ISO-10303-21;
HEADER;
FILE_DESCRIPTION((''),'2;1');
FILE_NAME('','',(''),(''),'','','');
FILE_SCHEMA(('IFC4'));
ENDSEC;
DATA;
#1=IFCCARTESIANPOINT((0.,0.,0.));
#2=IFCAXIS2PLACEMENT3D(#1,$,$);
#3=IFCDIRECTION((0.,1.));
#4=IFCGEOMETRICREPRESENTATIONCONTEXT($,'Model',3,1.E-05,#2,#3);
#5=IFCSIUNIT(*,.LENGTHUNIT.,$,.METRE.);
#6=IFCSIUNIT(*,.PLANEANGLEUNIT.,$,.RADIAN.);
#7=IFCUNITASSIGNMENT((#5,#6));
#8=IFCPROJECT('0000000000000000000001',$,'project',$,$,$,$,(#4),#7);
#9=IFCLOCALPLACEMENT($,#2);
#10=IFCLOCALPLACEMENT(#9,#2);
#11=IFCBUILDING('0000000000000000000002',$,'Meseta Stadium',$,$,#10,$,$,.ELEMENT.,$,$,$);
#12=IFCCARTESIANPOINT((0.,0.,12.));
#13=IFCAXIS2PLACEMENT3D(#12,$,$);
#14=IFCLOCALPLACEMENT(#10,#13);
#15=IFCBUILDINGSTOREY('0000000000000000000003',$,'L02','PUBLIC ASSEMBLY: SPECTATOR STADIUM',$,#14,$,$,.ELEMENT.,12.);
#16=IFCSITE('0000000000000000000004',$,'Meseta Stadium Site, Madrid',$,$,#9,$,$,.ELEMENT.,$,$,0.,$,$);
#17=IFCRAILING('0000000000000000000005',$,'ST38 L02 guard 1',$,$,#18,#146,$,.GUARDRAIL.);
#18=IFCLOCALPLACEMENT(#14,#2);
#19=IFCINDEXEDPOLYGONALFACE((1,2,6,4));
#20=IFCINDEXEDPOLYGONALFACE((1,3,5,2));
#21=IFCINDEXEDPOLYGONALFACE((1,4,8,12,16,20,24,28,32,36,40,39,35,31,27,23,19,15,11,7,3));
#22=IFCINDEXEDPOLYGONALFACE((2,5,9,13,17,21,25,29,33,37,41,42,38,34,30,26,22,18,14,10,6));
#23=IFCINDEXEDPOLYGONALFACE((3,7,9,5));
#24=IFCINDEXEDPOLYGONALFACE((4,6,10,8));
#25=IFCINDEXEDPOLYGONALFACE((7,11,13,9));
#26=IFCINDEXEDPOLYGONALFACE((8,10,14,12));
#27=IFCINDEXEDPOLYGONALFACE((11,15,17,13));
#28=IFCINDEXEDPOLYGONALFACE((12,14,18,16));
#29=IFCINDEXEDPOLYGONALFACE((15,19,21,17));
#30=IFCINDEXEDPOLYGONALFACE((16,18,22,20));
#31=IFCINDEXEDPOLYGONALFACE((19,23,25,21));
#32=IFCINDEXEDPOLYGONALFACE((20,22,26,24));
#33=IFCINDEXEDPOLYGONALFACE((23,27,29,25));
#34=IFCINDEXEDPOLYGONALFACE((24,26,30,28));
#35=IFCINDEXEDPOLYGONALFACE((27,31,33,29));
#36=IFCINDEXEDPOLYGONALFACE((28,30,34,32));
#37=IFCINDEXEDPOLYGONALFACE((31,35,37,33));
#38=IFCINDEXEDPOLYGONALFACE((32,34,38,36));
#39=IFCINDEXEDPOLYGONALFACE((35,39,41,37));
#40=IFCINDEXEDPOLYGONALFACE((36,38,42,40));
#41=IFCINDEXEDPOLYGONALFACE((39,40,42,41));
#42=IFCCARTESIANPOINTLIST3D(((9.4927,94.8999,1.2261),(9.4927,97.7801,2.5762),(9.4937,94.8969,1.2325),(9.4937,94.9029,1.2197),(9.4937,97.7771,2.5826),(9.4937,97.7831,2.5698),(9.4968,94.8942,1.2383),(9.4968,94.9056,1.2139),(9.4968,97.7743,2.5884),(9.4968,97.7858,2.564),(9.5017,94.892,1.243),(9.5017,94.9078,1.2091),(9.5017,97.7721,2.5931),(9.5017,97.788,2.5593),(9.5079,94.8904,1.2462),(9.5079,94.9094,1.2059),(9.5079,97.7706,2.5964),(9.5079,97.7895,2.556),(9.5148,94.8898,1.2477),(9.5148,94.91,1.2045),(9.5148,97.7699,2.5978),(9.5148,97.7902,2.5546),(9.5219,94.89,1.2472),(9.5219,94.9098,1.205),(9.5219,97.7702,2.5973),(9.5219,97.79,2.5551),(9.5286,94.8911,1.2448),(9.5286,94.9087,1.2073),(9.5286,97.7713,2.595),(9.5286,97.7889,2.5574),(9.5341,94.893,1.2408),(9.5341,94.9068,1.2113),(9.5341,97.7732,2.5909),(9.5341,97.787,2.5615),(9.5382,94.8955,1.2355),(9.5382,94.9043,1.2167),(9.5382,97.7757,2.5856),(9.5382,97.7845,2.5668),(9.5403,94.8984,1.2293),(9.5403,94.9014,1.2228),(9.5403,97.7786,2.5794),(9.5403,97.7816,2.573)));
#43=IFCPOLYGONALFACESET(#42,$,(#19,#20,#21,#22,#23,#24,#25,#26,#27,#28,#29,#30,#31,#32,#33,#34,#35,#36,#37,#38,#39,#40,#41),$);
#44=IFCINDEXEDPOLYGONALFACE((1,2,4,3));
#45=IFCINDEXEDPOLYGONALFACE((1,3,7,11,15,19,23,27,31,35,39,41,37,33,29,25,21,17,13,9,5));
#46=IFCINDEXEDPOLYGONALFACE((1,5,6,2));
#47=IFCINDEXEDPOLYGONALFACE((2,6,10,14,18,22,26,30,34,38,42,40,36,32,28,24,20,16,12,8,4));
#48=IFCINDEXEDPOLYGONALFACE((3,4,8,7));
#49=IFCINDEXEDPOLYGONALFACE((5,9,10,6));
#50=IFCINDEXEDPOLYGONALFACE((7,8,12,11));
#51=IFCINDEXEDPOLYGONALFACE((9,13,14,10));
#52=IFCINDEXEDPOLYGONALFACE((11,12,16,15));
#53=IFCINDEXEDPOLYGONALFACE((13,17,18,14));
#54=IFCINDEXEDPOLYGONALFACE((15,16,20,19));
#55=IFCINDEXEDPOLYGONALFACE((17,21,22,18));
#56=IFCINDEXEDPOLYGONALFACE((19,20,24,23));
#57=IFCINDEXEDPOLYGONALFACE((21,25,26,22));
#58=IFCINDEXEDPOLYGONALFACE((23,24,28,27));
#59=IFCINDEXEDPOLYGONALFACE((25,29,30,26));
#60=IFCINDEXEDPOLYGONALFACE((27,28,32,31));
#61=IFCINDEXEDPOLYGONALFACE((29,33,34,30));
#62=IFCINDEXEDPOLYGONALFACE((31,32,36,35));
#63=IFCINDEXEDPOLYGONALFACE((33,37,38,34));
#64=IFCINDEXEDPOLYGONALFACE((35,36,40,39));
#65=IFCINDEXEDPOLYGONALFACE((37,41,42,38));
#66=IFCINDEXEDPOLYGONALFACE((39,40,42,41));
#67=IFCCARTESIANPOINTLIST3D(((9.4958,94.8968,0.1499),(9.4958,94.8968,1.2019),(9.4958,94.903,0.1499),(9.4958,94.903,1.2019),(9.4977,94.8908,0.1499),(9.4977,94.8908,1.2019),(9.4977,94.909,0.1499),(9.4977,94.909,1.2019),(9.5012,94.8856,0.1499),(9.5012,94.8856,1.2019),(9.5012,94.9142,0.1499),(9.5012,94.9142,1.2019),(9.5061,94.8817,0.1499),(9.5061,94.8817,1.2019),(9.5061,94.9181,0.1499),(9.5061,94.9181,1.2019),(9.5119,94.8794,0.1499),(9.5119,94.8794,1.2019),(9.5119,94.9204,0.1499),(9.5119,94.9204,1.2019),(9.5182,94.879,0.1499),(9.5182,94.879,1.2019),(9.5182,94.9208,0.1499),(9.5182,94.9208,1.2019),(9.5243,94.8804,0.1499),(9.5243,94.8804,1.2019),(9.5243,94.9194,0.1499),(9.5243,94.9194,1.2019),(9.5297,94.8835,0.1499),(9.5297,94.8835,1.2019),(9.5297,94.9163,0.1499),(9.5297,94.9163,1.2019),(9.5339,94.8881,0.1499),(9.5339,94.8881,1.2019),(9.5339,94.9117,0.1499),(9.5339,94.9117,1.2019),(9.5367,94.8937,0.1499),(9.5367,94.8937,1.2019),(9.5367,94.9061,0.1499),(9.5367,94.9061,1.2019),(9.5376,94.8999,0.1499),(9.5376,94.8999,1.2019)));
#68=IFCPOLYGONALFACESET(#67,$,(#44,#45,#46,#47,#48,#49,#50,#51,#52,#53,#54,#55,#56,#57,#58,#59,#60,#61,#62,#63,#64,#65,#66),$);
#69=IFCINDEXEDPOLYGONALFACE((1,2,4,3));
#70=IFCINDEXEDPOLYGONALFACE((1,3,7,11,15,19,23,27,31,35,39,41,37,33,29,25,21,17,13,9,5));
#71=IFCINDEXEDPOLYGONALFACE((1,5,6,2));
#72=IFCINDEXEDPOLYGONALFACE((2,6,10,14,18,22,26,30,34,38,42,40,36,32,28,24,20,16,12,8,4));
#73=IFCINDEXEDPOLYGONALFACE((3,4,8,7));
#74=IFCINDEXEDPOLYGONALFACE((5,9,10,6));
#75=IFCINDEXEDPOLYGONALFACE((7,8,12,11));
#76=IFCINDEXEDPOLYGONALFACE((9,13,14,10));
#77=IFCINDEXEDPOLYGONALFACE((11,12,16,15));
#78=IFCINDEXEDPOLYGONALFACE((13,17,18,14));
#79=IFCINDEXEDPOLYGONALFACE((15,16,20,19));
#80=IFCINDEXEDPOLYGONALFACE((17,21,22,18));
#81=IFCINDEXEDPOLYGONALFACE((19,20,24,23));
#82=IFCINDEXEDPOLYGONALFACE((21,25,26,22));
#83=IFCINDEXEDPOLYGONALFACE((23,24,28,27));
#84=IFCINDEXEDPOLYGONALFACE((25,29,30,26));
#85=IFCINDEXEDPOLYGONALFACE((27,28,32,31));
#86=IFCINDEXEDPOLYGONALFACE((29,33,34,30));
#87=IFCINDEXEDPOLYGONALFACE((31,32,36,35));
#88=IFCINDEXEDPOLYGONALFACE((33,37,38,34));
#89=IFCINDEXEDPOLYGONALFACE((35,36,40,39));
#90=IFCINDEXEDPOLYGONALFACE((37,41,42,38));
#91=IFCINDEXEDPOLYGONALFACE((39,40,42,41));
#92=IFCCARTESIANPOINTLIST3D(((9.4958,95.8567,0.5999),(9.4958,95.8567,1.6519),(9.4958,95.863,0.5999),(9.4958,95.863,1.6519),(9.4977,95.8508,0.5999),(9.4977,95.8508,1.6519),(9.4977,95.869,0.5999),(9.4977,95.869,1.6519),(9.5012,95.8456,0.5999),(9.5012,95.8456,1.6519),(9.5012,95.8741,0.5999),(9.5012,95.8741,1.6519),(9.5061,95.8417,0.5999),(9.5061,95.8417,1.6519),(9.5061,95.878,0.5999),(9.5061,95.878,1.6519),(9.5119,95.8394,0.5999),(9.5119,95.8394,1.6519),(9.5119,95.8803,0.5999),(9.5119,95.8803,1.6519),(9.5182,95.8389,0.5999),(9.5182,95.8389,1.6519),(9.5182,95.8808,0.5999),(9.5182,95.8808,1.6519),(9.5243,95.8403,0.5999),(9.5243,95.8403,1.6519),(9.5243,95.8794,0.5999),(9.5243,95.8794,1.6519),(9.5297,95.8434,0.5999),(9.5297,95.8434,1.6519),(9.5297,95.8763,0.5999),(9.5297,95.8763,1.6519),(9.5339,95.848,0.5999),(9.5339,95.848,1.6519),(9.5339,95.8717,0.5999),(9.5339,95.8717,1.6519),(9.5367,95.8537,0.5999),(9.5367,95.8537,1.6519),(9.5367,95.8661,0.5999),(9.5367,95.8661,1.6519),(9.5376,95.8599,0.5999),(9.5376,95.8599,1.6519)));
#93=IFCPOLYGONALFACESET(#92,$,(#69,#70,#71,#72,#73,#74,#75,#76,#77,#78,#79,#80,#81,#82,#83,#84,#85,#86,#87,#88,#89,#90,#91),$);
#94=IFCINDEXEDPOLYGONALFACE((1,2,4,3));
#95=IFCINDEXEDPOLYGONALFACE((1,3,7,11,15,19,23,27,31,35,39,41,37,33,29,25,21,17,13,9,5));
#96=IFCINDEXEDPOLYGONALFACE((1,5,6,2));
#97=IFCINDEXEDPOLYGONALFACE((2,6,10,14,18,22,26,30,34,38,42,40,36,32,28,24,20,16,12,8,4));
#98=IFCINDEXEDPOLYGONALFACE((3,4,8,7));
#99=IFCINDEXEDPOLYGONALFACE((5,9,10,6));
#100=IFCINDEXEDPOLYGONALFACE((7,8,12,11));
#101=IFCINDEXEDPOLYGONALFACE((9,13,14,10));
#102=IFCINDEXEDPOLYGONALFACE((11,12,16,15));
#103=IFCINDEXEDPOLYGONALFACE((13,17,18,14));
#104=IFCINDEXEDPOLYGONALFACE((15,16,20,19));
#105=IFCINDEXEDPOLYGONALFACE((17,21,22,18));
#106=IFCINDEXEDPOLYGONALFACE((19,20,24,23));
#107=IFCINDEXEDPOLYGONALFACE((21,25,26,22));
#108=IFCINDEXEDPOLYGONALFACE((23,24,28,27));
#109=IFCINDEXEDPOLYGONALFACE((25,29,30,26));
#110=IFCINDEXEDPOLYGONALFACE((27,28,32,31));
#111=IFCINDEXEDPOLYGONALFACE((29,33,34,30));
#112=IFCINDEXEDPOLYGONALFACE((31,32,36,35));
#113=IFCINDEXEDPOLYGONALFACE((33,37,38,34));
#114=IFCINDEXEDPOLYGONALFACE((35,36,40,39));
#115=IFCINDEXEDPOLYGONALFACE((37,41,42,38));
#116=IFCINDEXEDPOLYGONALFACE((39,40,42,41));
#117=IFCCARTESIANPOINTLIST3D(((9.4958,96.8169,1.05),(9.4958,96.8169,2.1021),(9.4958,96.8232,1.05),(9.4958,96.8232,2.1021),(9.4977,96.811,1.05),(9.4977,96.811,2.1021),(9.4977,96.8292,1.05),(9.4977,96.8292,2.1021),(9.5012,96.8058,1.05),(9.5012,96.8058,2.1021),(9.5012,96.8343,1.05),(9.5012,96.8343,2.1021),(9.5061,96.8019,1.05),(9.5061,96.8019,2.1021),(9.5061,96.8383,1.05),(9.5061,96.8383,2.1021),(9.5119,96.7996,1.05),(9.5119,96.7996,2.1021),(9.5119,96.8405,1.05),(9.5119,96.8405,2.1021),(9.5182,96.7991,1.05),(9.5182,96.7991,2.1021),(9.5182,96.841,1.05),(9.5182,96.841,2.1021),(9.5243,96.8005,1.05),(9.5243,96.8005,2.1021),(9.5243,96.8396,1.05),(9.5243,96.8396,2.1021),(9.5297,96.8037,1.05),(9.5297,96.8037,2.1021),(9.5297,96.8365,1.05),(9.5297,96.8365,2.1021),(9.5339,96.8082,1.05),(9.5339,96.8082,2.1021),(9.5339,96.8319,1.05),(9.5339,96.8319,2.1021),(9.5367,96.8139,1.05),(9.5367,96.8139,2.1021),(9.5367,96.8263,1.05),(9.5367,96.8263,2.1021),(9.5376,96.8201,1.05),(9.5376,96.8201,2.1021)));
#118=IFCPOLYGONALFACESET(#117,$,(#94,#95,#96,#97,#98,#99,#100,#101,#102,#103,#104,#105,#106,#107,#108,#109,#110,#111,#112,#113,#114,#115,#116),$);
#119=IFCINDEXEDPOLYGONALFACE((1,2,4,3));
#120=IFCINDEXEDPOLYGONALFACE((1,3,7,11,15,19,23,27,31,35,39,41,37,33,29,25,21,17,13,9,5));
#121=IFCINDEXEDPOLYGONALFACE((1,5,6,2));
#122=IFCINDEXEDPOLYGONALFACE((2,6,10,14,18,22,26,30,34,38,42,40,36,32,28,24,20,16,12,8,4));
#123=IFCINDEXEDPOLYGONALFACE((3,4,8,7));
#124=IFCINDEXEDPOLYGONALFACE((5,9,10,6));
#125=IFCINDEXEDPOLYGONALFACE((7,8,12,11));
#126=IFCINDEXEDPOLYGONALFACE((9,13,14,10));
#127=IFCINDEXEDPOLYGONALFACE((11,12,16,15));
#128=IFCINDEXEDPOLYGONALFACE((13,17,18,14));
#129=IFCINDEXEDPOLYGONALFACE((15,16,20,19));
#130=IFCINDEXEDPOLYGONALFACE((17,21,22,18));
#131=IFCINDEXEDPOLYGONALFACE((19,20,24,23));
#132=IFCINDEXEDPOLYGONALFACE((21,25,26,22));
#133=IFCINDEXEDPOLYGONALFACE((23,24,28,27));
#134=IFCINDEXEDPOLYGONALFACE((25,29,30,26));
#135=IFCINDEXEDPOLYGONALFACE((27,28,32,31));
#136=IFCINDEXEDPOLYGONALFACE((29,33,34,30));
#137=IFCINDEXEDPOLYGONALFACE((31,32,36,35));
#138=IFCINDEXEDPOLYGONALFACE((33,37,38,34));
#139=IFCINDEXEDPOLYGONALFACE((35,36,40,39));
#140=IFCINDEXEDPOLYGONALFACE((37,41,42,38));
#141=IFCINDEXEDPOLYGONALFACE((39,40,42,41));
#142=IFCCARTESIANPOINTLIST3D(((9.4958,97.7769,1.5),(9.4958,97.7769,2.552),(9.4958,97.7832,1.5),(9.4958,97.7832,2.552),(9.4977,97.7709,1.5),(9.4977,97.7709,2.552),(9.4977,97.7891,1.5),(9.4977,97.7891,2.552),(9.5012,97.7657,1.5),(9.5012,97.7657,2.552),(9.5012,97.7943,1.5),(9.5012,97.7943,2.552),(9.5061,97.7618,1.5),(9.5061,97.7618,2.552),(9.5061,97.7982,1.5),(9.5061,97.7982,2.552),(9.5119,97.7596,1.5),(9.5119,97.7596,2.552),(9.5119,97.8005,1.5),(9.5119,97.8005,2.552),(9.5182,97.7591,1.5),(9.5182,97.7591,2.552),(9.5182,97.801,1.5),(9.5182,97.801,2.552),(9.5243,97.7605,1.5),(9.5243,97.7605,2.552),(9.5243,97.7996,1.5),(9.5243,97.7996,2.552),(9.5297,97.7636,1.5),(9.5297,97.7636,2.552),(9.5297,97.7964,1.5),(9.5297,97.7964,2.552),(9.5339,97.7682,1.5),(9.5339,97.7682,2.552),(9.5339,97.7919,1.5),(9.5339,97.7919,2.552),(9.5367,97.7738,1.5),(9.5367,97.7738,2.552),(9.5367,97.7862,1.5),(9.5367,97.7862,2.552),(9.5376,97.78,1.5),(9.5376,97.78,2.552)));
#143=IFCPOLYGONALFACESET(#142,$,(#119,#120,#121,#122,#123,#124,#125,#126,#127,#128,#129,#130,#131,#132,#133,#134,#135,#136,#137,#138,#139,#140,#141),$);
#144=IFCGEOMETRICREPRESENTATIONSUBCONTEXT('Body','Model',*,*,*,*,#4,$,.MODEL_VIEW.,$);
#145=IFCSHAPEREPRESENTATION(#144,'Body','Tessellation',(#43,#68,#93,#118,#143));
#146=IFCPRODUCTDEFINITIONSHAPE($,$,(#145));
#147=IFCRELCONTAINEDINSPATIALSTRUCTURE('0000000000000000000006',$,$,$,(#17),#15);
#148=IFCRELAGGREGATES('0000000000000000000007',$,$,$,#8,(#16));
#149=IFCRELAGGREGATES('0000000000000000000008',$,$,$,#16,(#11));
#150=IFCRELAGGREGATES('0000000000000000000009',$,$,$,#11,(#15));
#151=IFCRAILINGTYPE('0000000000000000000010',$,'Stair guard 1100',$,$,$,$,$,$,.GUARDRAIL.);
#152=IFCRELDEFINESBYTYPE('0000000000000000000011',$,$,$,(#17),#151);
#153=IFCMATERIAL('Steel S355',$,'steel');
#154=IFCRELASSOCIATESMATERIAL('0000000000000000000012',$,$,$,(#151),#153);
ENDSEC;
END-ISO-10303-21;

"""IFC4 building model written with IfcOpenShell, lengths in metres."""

from ifc_helpers import new_model, si_unit, direction, frame, origin, origin_2d, place, context, subcontext, project, spatial, circle, extrude, material, type_object, element, save


model = new_model("IFC4")

# Units and contexts
model_context = context("Model", 3, precision=1e-05, world=origin(), true_north=direction((0.0, 1.0)))
body_context = subcontext(model_context, "Body", "Model", "MODEL_VIEW")
ifc_project = project(units=[si_unit("LENGTHUNIT", "METRE"), si_unit("PLANEANGLEUNIT", "RADIAN")], contexts=[model_context])

# Site, building, storey
site_placement = place(None, origin())
site = spatial("IfcSite", under=ifc_project, at=site_placement, Name="Meseta Stadium Site, Madrid", CompositionType="ELEMENT", RefElevation=0.0)
building_placement = place(site_placement, origin())
building = spatial("IfcBuilding", under=site, at=building_placement, Name="Meseta Stadium", CompositionType="ELEMENT")
storey_placement = place(building_placement, frame((0.0, 0.0, 12.0)))
storey = spatial("IfcBuildingStorey", under=building, at=storey_placement, Name="L02", Description="PUBLIC ASSEMBLY: SPECTATOR STADIUM", CompositionType="ELEMENT", Elevation=12.0)

# Railing
ifc_material_1 = material(Name="Steel S355", Category="steel")
railing_type_1 = type_object("IfcRailingType", Name="Stair guard 1100", PredefinedType="GUARDRAIL", material=ifc_material_1)
railing_1_placement = place(storey_placement, frame((9.5166, 94.8999, 0.1499)))
element("IfcRailing", 1, at=railing_1_placement, inside=storey, type_object=railing_type_1, Name="ST38 L02 guard 1", PredefinedType="GUARDRAIL", context=body_context, shape_type="SweptSolid", body=[
    extrude(circle(Radius=0.0239, at=origin_2d()), frame((0.0, 0.0, 1.0762), z_axis=(0.0, 0.905454, 0.424444), x_axis=(-1.0, 0.0, 0.0)), (0.0, 0.0, 1.0), 3.1809),
    extrude(circle(Radius=0.021, at=origin_2d()), origin(), (0.0, 0.0, 1.0), 1.052),
    extrude(circle(Radius=0.021, at=origin_2d()), frame((0.0, 0.96, 0.45)), (0.0, 0.0, 1.0), 1.052),
    extrude(circle(Radius=0.021, at=origin_2d()), frame((0.0, 1.9202, 0.9001)), (0.0, 0.0, 1.0), 1.052),
    extrude(circle(Radius=0.021, at=origin_2d()), frame((0.0, 2.8801, 1.3501)), (0.0, 0.0, 1.0), 1.052),
])

save(model, "model.ifc")
